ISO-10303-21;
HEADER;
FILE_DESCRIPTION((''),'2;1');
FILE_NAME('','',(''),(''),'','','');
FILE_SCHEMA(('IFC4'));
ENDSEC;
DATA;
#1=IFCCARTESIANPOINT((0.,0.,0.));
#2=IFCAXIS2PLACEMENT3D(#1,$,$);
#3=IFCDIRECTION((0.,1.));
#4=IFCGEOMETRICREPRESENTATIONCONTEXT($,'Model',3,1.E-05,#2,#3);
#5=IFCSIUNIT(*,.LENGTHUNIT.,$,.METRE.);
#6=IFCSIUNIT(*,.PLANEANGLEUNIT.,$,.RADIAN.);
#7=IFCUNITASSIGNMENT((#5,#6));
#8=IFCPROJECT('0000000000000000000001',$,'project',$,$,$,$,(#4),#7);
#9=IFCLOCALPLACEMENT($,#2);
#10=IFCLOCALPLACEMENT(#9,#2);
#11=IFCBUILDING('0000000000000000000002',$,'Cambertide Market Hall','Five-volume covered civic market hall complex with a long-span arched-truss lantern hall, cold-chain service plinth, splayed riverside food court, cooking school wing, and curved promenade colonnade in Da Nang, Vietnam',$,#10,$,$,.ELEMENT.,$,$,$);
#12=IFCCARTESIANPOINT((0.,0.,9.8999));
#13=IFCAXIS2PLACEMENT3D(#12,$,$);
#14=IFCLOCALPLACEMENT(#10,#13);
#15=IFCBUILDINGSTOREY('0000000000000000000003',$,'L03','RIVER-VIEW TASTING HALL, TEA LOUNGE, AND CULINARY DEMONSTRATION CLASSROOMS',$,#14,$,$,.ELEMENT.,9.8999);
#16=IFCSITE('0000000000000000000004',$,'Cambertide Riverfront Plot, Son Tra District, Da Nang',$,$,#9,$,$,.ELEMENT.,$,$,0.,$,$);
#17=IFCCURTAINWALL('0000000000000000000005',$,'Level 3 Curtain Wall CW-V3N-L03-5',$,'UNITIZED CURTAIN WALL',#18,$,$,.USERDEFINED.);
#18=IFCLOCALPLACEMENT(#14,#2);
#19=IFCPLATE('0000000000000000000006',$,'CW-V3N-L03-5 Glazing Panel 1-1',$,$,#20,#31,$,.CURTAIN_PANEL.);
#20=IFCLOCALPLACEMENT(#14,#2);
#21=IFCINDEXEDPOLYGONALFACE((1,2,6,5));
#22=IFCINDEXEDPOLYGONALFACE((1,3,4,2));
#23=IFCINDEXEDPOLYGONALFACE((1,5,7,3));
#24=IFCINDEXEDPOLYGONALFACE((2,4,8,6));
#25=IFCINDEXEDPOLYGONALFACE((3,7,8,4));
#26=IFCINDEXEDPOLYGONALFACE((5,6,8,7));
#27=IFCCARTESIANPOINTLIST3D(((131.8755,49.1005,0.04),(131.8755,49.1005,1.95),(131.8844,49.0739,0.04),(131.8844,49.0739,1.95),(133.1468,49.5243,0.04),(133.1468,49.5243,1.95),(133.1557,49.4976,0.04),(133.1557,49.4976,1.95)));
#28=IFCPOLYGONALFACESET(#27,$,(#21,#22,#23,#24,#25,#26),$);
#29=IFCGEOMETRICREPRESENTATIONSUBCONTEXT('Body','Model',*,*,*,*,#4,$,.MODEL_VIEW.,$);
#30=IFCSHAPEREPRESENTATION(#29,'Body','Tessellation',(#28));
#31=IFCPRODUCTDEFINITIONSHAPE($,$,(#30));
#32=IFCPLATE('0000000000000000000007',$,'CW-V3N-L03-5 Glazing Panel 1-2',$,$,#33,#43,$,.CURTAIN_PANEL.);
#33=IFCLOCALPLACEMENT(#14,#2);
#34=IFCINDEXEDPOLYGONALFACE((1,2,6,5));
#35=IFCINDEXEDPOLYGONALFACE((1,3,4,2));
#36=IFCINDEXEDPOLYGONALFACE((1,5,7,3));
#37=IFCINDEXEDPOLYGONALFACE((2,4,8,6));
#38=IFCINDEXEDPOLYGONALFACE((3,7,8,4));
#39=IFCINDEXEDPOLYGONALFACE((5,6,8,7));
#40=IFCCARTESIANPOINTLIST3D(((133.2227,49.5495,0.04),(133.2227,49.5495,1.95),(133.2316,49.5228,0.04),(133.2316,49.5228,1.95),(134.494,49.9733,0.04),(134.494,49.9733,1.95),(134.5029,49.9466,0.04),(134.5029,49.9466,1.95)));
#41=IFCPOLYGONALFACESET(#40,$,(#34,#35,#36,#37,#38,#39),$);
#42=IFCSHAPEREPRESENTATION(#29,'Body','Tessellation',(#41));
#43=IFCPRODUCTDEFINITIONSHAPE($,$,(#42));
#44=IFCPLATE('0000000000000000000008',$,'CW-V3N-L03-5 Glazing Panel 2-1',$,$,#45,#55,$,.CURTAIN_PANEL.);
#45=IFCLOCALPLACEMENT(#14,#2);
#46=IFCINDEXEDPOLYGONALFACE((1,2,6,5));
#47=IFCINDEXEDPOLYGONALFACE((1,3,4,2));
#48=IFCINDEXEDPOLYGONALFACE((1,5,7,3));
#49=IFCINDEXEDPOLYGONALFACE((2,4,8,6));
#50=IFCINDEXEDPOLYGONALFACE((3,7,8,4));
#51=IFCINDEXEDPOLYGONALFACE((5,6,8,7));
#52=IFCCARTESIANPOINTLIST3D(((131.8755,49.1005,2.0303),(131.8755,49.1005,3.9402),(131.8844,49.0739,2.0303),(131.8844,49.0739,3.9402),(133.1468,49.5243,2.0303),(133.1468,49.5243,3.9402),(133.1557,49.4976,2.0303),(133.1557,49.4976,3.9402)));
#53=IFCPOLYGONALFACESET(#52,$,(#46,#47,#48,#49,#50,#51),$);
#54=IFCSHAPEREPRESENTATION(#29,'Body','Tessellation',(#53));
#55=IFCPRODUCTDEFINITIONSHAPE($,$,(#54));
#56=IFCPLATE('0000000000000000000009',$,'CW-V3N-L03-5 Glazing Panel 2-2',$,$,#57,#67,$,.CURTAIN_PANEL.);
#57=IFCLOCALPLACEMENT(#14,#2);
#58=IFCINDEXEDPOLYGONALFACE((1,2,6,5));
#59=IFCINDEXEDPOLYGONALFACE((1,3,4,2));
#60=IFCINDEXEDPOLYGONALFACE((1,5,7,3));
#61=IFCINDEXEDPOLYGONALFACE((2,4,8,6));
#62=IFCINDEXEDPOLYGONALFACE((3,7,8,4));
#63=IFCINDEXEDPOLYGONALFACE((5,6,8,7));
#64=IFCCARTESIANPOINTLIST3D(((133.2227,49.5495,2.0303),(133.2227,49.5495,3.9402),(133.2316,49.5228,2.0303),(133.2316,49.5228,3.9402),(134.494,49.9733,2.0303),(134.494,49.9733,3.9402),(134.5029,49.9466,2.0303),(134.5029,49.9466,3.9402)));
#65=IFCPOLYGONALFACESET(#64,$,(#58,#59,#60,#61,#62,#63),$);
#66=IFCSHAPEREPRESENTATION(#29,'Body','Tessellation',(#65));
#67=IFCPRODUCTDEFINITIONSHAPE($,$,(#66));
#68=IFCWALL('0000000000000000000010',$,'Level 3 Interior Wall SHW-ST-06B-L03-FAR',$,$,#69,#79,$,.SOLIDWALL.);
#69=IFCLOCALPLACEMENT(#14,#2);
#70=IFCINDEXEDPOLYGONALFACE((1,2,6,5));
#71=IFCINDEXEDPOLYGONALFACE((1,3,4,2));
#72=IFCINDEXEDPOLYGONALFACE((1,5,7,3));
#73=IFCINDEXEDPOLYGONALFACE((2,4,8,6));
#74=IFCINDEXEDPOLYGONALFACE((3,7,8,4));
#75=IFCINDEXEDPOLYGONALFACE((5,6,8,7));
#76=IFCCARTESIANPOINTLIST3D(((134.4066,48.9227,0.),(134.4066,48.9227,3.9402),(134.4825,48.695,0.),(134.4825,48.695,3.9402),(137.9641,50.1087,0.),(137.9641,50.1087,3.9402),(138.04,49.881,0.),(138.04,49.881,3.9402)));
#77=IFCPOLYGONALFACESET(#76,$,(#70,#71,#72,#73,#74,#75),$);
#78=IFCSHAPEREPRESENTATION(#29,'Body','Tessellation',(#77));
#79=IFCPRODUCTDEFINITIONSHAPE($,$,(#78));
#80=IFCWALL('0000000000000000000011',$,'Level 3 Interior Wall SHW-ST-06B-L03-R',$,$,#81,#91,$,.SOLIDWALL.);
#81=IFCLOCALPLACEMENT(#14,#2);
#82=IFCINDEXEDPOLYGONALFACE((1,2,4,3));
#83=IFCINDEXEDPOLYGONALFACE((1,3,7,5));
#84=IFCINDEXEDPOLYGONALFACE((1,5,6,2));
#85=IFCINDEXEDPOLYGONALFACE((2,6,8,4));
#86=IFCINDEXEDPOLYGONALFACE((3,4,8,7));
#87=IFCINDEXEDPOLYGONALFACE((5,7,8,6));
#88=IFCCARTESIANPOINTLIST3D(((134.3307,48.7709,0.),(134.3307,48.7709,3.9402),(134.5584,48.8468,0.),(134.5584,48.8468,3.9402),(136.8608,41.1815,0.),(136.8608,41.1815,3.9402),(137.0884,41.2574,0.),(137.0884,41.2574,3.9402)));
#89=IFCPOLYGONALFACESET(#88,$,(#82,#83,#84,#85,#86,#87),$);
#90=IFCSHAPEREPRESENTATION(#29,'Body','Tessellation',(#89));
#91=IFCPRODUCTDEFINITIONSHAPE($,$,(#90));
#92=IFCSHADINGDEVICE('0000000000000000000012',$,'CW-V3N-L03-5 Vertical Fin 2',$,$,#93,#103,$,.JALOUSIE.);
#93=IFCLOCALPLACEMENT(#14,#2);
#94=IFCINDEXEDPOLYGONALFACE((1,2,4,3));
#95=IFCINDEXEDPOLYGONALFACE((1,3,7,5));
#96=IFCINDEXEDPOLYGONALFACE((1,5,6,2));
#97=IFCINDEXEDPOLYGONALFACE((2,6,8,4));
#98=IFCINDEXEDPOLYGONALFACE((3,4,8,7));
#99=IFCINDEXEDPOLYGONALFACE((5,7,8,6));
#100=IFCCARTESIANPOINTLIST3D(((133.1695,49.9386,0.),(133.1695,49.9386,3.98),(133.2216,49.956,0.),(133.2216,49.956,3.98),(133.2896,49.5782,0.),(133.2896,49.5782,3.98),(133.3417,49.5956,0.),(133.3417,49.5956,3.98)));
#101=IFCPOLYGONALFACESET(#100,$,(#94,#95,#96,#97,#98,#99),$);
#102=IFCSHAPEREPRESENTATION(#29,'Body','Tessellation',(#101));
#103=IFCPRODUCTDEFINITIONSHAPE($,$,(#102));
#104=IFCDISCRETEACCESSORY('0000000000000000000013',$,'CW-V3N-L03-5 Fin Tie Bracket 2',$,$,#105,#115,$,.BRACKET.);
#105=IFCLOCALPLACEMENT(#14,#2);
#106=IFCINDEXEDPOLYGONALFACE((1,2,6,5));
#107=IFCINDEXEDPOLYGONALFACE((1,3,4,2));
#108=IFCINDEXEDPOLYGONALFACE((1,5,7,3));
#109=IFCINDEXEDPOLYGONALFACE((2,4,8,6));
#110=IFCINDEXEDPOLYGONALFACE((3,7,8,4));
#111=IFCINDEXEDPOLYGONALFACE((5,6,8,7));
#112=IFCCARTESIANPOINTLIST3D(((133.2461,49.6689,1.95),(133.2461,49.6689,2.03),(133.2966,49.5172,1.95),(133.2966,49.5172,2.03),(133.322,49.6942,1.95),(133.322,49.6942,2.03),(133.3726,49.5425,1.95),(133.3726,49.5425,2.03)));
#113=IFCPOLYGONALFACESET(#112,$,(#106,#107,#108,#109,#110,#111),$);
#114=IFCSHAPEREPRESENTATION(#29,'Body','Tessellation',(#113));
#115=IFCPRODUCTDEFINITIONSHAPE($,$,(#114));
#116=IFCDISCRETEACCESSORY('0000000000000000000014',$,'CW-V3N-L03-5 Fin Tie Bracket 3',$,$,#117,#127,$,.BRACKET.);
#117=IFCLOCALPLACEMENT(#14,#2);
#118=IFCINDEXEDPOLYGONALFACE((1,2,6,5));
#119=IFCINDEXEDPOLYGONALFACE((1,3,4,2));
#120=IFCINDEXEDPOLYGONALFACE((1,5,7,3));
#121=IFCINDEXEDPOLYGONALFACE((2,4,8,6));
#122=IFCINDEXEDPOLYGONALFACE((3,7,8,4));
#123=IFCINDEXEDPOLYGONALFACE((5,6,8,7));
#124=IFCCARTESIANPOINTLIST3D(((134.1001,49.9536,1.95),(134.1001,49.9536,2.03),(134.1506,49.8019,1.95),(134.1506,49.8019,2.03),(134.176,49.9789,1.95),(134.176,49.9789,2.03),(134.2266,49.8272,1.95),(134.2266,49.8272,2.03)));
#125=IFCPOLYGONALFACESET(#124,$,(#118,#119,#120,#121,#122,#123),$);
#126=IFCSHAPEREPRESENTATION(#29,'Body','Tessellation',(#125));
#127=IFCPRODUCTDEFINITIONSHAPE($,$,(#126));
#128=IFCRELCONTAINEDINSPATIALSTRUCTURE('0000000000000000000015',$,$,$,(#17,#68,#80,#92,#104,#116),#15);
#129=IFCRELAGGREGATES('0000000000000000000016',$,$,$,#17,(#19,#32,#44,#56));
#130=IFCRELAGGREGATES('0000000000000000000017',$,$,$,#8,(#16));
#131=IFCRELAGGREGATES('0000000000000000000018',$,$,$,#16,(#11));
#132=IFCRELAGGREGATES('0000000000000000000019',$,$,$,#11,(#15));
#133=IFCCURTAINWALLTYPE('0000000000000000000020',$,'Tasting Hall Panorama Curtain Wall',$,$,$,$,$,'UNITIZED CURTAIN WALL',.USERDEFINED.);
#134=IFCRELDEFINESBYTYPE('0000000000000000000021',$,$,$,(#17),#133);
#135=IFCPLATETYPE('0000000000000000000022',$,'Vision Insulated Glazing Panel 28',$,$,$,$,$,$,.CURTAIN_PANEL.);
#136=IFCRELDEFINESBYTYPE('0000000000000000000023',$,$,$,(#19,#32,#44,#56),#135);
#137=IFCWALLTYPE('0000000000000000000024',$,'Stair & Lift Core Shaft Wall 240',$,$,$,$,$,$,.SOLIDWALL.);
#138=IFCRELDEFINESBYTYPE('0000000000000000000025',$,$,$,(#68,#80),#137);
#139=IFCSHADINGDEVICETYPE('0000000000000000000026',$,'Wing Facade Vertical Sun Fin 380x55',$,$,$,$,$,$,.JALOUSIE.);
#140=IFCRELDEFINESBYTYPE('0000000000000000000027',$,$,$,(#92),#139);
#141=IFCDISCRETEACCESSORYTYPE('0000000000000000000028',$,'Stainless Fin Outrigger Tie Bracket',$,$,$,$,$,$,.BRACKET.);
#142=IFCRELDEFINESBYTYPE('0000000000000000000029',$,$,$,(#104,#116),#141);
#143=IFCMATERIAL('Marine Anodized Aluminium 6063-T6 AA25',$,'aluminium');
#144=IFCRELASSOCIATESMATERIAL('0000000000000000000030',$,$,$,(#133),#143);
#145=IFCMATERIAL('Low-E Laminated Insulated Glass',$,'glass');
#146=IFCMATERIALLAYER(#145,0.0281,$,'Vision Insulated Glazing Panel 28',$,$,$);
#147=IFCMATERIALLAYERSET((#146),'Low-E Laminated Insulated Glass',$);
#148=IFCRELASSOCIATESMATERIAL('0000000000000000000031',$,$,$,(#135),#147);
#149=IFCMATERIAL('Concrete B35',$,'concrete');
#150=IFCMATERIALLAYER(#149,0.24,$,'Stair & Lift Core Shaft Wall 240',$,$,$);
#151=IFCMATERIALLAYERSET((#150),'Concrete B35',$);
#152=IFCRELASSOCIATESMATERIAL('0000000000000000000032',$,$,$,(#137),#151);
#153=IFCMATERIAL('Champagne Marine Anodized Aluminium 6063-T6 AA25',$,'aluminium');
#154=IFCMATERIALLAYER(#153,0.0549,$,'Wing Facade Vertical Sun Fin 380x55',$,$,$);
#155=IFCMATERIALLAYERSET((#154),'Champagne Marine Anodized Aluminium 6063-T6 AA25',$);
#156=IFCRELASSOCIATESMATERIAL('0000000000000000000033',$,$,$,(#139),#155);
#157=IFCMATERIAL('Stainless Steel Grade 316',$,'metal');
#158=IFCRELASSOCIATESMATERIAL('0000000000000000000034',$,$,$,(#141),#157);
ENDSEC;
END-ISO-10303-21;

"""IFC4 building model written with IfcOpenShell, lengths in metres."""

from ifc_helpers import new_model, si_unit, direction, frame, frame_2d, origin, origin_2d, place, context, subcontext, project, spatial, rectangle, extrude, material, layer, layer_set, type_object, element, aggregate, save


model = new_model("IFC4")

# Units and contexts
model_context = context("Model", 3, precision=1e-05, world=origin(), true_north=direction((0.0, 1.0)))
body_context = subcontext(model_context, "Body", "Model", "MODEL_VIEW")
ifc_project = project(units=[si_unit("LENGTHUNIT", "METRE"), si_unit("PLANEANGLEUNIT", "RADIAN")], contexts=[model_context])

# Site, building, storey
site_placement = place(None, origin())
site = spatial("IfcSite", under=ifc_project, at=site_placement, Name="Cambertide Riverfront Plot, Son Tra District, Da Nang", CompositionType="ELEMENT", RefElevation=0.0)
building_placement = place(site_placement, origin())
building = spatial("IfcBuilding", under=site, at=building_placement, Name="Cambertide Market Hall", Description="Five-volume covered civic market hall complex with a long-span arched-truss lantern hall, cold-chain service plinth, splayed riverside food court, cooking school wing, and curved promenade colonnade in Da Nang, Vietnam", CompositionType="ELEMENT")
storey_placement = place(building_placement, frame((0.0, 0.0, 9.8999)))
storey = spatial("IfcBuildingStorey", under=building, at=storey_placement, Name="L03", Description="RIVER-VIEW TASTING HALL, TEA LOUNGE, AND CULINARY DEMONSTRATION CLASSROOMS", CompositionType="ELEMENT", Elevation=9.8999)

# Curtain wall
ifc_material_1 = material(Name="Marine Anodized Aluminium 6063-T6 AA25", Category="aluminium")
curtain_wall_type = type_object("IfcCurtainWallType", Name="Tasting Hall Panorama Curtain Wall", ElementType="UNITIZED CURTAIN WALL", PredefinedType="USERDEFINED", material=ifc_material_1)
curtain_wall_placement = place(storey_placement, origin())
curtain_wall = element("IfcCurtainWall", 1, at=curtain_wall_placement, inside=storey, type_object=curtain_wall_type, Name="Level 3 Curtain Wall CW-V3N-L03-5", ObjectType="UNITIZED CURTAIN WALL", PredefinedType="USERDEFINED")

# Plates
ifc_material_2 = material(Name="Low-E Laminated Insulated Glass", Category="glass")
ifc_layer_1 = layer(ifc_material_2, 0.0281, Name="Vision Insulated Glazing Panel 28")
ifc_layer_set_1 = layer_set([ifc_layer_1], Name="Low-E Laminated Insulated Glass")
plate_type = type_object("IfcPlateType", Name="Vision Insulated Glazing Panel 28", PredefinedType="CURTAIN_PANEL", material=ifc_layer_set_1)
plate_1_placement = place(storey_placement, frame((132.5156, 49.2991, 0.04), z_axis=(0.0, 0.0, 1.0), x_axis=(0.948683, 0.316228, 0.0)))
plate_1 = element("IfcPlate", 2, at=plate_1_placement, type_object=plate_type, Name="CW-V3N-L03-5 Glazing Panel 1-1", PredefinedType="CURTAIN_PANEL", context=body_context, shape_type="SweptSolid", body=[
    extrude(rectangle(XDim=1.3401, YDim=0.0281, at=origin_2d()), origin(), (0.0, 0.0, 1.0), 1.9099),
])
plate_2_placement = place(storey_placement, frame((133.8628, 49.748, 0.04), z_axis=(0.0, 0.0, 1.0), x_axis=(0.948683, 0.316228, 0.0)))
plate_2 = element("IfcPlate", 3, at=plate_2_placement, type_object=plate_type, Name="CW-V3N-L03-5 Glazing Panel 1-2", PredefinedType="CURTAIN_PANEL", context=body_context, shape_type="SweptSolid", body=[
    extrude(rectangle(XDim=1.3401, YDim=0.0281, at=origin_2d()), origin(), (0.0, 0.0, 1.0), 1.9099),
])
plate_3_placement = place(storey_placement, frame((132.5156, 49.2991, 2.0303), z_axis=(0.0, 0.0, 1.0), x_axis=(0.948683, 0.316228, 0.0)))
plate_3 = element("IfcPlate", 4, at=plate_3_placement, type_object=plate_type, Name="CW-V3N-L03-5 Glazing Panel 2-1", PredefinedType="CURTAIN_PANEL", context=body_context, shape_type="SweptSolid", body=[
    extrude(rectangle(XDim=1.3401, YDim=0.0281, at=origin_2d()), origin(), (0.0, 0.0, 1.0), 1.9099),
])
plate_4_placement = place(storey_placement, frame((133.8628, 49.748, 2.0303), z_axis=(0.0, 0.0, 1.0), x_axis=(0.948683, 0.316228, 0.0)))
plate_4 = element("IfcPlate", 5, at=plate_4_placement, type_object=plate_type, Name="CW-V3N-L03-5 Glazing Panel 2-2", PredefinedType="CURTAIN_PANEL", context=body_context, shape_type="SweptSolid", body=[
    extrude(rectangle(XDim=1.3401, YDim=0.0281, at=origin_2d()), origin(), (0.0, 0.0, 1.0), 1.9099),
])
aggregate(curtain_wall, [plate_1, plate_2, plate_3, plate_4])

# Walls
ifc_material_3 = material(Name="Concrete B35", Category="concrete")
ifc_layer_2 = layer(ifc_material_3, 0.24, Name="Stair & Lift Core Shaft Wall 240")
ifc_layer_set_2 = layer_set([ifc_layer_2], Name="Concrete B35")
wall_type = type_object("IfcWallType", Name="Stair & Lift Core Shaft Wall 240", PredefinedType="SOLIDWALL", material=ifc_layer_set_2)
wall_1_placement = place(storey_placement, frame((134.4446, 48.8088, 0.0), z_axis=(0.0, 0.0, 1.0), x_axis=(0.94867, 0.316267, 0.0)))
element("IfcWall", 6, at=wall_1_placement, inside=storey, type_object=wall_type, Name="Level 3 Interior Wall SHW-ST-06B-L03-FAR", PredefinedType="SOLIDWALL", context=body_context, shape_type="SweptSolid", body=[
    extrude(rectangle(XDim=3.75, YDim=0.24, at=frame_2d((1.875, 0.0))), origin(), (0.0, 0.0, 1.0), 3.9402),
])
wall_2_placement = place(storey_placement, frame((136.9746, 41.2195, 0.0), z_axis=(0.0, 0.0, 1.0), x_axis=(-0.316255, 0.948674, 0.0)))
element("IfcWall", 7, at=wall_2_placement, inside=storey, type_object=wall_type, Name="Level 3 Interior Wall SHW-ST-06B-L03-R", PredefinedType="SOLIDWALL", context=body_context, shape_type="SweptSolid", body=[
    extrude(rectangle(XDim=8.0, YDim=0.24, at=frame_2d((4.0, 0.0))), origin(), (0.0, 0.0, 1.0), 3.9402),
])

# Shading device
ifc_material_4 = material(Name="Champagne Marine Anodized Aluminium 6063-T6 AA25", Category="aluminium")
ifc_layer_3 = layer(ifc_material_4, 0.0549, Name="Wing Facade Vertical Sun Fin 380x55")
ifc_layer_set_3 = layer_set([ifc_layer_3], Name="Champagne Marine Anodized Aluminium 6063-T6 AA25")
shading_device_type = type_object("IfcShadingDeviceType", Name="Wing Facade Vertical Sun Fin 380x55", PredefinedType="JALOUSIE", material=ifc_layer_set_3)
shading_device_placement = place(storey_placement, frame((133.2556, 49.7671, 0.0), z_axis=(0.0, 0.0, 1.0), x_axis=(0.948683, 0.316228, 0.0)))
element("IfcShadingDevice", 8, at=shading_device_placement, inside=storey, type_object=shading_device_type, Name="CW-V3N-L03-5 Vertical Fin 2", PredefinedType="JALOUSIE", context=body_context, shape_type="SweptSolid", body=[
    extrude(rectangle(XDim=0.0549, YDim=0.3799, at=origin_2d()), origin(), (0.0, 0.0, 1.0), 3.98),
])

# Discrete accessories
ifc_material_5 = material(Name="Stainless Steel Grade 316", Category="metal")
discrete_accessory_type = type_object("IfcDiscreteAccessoryType", Name="Stainless Fin Outrigger Tie Bracket", PredefinedType="BRACKET", material=ifc_material_5)
for number, where, z_axis, x_axis, name in (
    (9, (133.3093, 49.6057, 1.95), (0.0, 0.0, 1.0), (0.948683, 0.316228, 0.0), "CW-V3N-L03-5 Fin Tie Bracket 2"),
    (10, (134.1633, 49.8904, 1.95), (0.0, 0.0, 1.0), (0.948683, 0.316228, 0.0), "CW-V3N-L03-5 Fin Tie Bracket 3"),
):
    element("IfcDiscreteAccessory", number, at=place(storey_placement, frame(where, z_axis=z_axis, x_axis=x_axis)), inside=storey, type_object=discrete_accessory_type, Name=name, PredefinedType="BRACKET", context=body_context, shape_type="SweptSolid", body=[
        extrude(rectangle(XDim=0.0801, YDim=0.1599, at=origin_2d()), origin(), (0.0, 0.0, 1.0), 0.0801),
    ])

save(model, "model.ifc")
